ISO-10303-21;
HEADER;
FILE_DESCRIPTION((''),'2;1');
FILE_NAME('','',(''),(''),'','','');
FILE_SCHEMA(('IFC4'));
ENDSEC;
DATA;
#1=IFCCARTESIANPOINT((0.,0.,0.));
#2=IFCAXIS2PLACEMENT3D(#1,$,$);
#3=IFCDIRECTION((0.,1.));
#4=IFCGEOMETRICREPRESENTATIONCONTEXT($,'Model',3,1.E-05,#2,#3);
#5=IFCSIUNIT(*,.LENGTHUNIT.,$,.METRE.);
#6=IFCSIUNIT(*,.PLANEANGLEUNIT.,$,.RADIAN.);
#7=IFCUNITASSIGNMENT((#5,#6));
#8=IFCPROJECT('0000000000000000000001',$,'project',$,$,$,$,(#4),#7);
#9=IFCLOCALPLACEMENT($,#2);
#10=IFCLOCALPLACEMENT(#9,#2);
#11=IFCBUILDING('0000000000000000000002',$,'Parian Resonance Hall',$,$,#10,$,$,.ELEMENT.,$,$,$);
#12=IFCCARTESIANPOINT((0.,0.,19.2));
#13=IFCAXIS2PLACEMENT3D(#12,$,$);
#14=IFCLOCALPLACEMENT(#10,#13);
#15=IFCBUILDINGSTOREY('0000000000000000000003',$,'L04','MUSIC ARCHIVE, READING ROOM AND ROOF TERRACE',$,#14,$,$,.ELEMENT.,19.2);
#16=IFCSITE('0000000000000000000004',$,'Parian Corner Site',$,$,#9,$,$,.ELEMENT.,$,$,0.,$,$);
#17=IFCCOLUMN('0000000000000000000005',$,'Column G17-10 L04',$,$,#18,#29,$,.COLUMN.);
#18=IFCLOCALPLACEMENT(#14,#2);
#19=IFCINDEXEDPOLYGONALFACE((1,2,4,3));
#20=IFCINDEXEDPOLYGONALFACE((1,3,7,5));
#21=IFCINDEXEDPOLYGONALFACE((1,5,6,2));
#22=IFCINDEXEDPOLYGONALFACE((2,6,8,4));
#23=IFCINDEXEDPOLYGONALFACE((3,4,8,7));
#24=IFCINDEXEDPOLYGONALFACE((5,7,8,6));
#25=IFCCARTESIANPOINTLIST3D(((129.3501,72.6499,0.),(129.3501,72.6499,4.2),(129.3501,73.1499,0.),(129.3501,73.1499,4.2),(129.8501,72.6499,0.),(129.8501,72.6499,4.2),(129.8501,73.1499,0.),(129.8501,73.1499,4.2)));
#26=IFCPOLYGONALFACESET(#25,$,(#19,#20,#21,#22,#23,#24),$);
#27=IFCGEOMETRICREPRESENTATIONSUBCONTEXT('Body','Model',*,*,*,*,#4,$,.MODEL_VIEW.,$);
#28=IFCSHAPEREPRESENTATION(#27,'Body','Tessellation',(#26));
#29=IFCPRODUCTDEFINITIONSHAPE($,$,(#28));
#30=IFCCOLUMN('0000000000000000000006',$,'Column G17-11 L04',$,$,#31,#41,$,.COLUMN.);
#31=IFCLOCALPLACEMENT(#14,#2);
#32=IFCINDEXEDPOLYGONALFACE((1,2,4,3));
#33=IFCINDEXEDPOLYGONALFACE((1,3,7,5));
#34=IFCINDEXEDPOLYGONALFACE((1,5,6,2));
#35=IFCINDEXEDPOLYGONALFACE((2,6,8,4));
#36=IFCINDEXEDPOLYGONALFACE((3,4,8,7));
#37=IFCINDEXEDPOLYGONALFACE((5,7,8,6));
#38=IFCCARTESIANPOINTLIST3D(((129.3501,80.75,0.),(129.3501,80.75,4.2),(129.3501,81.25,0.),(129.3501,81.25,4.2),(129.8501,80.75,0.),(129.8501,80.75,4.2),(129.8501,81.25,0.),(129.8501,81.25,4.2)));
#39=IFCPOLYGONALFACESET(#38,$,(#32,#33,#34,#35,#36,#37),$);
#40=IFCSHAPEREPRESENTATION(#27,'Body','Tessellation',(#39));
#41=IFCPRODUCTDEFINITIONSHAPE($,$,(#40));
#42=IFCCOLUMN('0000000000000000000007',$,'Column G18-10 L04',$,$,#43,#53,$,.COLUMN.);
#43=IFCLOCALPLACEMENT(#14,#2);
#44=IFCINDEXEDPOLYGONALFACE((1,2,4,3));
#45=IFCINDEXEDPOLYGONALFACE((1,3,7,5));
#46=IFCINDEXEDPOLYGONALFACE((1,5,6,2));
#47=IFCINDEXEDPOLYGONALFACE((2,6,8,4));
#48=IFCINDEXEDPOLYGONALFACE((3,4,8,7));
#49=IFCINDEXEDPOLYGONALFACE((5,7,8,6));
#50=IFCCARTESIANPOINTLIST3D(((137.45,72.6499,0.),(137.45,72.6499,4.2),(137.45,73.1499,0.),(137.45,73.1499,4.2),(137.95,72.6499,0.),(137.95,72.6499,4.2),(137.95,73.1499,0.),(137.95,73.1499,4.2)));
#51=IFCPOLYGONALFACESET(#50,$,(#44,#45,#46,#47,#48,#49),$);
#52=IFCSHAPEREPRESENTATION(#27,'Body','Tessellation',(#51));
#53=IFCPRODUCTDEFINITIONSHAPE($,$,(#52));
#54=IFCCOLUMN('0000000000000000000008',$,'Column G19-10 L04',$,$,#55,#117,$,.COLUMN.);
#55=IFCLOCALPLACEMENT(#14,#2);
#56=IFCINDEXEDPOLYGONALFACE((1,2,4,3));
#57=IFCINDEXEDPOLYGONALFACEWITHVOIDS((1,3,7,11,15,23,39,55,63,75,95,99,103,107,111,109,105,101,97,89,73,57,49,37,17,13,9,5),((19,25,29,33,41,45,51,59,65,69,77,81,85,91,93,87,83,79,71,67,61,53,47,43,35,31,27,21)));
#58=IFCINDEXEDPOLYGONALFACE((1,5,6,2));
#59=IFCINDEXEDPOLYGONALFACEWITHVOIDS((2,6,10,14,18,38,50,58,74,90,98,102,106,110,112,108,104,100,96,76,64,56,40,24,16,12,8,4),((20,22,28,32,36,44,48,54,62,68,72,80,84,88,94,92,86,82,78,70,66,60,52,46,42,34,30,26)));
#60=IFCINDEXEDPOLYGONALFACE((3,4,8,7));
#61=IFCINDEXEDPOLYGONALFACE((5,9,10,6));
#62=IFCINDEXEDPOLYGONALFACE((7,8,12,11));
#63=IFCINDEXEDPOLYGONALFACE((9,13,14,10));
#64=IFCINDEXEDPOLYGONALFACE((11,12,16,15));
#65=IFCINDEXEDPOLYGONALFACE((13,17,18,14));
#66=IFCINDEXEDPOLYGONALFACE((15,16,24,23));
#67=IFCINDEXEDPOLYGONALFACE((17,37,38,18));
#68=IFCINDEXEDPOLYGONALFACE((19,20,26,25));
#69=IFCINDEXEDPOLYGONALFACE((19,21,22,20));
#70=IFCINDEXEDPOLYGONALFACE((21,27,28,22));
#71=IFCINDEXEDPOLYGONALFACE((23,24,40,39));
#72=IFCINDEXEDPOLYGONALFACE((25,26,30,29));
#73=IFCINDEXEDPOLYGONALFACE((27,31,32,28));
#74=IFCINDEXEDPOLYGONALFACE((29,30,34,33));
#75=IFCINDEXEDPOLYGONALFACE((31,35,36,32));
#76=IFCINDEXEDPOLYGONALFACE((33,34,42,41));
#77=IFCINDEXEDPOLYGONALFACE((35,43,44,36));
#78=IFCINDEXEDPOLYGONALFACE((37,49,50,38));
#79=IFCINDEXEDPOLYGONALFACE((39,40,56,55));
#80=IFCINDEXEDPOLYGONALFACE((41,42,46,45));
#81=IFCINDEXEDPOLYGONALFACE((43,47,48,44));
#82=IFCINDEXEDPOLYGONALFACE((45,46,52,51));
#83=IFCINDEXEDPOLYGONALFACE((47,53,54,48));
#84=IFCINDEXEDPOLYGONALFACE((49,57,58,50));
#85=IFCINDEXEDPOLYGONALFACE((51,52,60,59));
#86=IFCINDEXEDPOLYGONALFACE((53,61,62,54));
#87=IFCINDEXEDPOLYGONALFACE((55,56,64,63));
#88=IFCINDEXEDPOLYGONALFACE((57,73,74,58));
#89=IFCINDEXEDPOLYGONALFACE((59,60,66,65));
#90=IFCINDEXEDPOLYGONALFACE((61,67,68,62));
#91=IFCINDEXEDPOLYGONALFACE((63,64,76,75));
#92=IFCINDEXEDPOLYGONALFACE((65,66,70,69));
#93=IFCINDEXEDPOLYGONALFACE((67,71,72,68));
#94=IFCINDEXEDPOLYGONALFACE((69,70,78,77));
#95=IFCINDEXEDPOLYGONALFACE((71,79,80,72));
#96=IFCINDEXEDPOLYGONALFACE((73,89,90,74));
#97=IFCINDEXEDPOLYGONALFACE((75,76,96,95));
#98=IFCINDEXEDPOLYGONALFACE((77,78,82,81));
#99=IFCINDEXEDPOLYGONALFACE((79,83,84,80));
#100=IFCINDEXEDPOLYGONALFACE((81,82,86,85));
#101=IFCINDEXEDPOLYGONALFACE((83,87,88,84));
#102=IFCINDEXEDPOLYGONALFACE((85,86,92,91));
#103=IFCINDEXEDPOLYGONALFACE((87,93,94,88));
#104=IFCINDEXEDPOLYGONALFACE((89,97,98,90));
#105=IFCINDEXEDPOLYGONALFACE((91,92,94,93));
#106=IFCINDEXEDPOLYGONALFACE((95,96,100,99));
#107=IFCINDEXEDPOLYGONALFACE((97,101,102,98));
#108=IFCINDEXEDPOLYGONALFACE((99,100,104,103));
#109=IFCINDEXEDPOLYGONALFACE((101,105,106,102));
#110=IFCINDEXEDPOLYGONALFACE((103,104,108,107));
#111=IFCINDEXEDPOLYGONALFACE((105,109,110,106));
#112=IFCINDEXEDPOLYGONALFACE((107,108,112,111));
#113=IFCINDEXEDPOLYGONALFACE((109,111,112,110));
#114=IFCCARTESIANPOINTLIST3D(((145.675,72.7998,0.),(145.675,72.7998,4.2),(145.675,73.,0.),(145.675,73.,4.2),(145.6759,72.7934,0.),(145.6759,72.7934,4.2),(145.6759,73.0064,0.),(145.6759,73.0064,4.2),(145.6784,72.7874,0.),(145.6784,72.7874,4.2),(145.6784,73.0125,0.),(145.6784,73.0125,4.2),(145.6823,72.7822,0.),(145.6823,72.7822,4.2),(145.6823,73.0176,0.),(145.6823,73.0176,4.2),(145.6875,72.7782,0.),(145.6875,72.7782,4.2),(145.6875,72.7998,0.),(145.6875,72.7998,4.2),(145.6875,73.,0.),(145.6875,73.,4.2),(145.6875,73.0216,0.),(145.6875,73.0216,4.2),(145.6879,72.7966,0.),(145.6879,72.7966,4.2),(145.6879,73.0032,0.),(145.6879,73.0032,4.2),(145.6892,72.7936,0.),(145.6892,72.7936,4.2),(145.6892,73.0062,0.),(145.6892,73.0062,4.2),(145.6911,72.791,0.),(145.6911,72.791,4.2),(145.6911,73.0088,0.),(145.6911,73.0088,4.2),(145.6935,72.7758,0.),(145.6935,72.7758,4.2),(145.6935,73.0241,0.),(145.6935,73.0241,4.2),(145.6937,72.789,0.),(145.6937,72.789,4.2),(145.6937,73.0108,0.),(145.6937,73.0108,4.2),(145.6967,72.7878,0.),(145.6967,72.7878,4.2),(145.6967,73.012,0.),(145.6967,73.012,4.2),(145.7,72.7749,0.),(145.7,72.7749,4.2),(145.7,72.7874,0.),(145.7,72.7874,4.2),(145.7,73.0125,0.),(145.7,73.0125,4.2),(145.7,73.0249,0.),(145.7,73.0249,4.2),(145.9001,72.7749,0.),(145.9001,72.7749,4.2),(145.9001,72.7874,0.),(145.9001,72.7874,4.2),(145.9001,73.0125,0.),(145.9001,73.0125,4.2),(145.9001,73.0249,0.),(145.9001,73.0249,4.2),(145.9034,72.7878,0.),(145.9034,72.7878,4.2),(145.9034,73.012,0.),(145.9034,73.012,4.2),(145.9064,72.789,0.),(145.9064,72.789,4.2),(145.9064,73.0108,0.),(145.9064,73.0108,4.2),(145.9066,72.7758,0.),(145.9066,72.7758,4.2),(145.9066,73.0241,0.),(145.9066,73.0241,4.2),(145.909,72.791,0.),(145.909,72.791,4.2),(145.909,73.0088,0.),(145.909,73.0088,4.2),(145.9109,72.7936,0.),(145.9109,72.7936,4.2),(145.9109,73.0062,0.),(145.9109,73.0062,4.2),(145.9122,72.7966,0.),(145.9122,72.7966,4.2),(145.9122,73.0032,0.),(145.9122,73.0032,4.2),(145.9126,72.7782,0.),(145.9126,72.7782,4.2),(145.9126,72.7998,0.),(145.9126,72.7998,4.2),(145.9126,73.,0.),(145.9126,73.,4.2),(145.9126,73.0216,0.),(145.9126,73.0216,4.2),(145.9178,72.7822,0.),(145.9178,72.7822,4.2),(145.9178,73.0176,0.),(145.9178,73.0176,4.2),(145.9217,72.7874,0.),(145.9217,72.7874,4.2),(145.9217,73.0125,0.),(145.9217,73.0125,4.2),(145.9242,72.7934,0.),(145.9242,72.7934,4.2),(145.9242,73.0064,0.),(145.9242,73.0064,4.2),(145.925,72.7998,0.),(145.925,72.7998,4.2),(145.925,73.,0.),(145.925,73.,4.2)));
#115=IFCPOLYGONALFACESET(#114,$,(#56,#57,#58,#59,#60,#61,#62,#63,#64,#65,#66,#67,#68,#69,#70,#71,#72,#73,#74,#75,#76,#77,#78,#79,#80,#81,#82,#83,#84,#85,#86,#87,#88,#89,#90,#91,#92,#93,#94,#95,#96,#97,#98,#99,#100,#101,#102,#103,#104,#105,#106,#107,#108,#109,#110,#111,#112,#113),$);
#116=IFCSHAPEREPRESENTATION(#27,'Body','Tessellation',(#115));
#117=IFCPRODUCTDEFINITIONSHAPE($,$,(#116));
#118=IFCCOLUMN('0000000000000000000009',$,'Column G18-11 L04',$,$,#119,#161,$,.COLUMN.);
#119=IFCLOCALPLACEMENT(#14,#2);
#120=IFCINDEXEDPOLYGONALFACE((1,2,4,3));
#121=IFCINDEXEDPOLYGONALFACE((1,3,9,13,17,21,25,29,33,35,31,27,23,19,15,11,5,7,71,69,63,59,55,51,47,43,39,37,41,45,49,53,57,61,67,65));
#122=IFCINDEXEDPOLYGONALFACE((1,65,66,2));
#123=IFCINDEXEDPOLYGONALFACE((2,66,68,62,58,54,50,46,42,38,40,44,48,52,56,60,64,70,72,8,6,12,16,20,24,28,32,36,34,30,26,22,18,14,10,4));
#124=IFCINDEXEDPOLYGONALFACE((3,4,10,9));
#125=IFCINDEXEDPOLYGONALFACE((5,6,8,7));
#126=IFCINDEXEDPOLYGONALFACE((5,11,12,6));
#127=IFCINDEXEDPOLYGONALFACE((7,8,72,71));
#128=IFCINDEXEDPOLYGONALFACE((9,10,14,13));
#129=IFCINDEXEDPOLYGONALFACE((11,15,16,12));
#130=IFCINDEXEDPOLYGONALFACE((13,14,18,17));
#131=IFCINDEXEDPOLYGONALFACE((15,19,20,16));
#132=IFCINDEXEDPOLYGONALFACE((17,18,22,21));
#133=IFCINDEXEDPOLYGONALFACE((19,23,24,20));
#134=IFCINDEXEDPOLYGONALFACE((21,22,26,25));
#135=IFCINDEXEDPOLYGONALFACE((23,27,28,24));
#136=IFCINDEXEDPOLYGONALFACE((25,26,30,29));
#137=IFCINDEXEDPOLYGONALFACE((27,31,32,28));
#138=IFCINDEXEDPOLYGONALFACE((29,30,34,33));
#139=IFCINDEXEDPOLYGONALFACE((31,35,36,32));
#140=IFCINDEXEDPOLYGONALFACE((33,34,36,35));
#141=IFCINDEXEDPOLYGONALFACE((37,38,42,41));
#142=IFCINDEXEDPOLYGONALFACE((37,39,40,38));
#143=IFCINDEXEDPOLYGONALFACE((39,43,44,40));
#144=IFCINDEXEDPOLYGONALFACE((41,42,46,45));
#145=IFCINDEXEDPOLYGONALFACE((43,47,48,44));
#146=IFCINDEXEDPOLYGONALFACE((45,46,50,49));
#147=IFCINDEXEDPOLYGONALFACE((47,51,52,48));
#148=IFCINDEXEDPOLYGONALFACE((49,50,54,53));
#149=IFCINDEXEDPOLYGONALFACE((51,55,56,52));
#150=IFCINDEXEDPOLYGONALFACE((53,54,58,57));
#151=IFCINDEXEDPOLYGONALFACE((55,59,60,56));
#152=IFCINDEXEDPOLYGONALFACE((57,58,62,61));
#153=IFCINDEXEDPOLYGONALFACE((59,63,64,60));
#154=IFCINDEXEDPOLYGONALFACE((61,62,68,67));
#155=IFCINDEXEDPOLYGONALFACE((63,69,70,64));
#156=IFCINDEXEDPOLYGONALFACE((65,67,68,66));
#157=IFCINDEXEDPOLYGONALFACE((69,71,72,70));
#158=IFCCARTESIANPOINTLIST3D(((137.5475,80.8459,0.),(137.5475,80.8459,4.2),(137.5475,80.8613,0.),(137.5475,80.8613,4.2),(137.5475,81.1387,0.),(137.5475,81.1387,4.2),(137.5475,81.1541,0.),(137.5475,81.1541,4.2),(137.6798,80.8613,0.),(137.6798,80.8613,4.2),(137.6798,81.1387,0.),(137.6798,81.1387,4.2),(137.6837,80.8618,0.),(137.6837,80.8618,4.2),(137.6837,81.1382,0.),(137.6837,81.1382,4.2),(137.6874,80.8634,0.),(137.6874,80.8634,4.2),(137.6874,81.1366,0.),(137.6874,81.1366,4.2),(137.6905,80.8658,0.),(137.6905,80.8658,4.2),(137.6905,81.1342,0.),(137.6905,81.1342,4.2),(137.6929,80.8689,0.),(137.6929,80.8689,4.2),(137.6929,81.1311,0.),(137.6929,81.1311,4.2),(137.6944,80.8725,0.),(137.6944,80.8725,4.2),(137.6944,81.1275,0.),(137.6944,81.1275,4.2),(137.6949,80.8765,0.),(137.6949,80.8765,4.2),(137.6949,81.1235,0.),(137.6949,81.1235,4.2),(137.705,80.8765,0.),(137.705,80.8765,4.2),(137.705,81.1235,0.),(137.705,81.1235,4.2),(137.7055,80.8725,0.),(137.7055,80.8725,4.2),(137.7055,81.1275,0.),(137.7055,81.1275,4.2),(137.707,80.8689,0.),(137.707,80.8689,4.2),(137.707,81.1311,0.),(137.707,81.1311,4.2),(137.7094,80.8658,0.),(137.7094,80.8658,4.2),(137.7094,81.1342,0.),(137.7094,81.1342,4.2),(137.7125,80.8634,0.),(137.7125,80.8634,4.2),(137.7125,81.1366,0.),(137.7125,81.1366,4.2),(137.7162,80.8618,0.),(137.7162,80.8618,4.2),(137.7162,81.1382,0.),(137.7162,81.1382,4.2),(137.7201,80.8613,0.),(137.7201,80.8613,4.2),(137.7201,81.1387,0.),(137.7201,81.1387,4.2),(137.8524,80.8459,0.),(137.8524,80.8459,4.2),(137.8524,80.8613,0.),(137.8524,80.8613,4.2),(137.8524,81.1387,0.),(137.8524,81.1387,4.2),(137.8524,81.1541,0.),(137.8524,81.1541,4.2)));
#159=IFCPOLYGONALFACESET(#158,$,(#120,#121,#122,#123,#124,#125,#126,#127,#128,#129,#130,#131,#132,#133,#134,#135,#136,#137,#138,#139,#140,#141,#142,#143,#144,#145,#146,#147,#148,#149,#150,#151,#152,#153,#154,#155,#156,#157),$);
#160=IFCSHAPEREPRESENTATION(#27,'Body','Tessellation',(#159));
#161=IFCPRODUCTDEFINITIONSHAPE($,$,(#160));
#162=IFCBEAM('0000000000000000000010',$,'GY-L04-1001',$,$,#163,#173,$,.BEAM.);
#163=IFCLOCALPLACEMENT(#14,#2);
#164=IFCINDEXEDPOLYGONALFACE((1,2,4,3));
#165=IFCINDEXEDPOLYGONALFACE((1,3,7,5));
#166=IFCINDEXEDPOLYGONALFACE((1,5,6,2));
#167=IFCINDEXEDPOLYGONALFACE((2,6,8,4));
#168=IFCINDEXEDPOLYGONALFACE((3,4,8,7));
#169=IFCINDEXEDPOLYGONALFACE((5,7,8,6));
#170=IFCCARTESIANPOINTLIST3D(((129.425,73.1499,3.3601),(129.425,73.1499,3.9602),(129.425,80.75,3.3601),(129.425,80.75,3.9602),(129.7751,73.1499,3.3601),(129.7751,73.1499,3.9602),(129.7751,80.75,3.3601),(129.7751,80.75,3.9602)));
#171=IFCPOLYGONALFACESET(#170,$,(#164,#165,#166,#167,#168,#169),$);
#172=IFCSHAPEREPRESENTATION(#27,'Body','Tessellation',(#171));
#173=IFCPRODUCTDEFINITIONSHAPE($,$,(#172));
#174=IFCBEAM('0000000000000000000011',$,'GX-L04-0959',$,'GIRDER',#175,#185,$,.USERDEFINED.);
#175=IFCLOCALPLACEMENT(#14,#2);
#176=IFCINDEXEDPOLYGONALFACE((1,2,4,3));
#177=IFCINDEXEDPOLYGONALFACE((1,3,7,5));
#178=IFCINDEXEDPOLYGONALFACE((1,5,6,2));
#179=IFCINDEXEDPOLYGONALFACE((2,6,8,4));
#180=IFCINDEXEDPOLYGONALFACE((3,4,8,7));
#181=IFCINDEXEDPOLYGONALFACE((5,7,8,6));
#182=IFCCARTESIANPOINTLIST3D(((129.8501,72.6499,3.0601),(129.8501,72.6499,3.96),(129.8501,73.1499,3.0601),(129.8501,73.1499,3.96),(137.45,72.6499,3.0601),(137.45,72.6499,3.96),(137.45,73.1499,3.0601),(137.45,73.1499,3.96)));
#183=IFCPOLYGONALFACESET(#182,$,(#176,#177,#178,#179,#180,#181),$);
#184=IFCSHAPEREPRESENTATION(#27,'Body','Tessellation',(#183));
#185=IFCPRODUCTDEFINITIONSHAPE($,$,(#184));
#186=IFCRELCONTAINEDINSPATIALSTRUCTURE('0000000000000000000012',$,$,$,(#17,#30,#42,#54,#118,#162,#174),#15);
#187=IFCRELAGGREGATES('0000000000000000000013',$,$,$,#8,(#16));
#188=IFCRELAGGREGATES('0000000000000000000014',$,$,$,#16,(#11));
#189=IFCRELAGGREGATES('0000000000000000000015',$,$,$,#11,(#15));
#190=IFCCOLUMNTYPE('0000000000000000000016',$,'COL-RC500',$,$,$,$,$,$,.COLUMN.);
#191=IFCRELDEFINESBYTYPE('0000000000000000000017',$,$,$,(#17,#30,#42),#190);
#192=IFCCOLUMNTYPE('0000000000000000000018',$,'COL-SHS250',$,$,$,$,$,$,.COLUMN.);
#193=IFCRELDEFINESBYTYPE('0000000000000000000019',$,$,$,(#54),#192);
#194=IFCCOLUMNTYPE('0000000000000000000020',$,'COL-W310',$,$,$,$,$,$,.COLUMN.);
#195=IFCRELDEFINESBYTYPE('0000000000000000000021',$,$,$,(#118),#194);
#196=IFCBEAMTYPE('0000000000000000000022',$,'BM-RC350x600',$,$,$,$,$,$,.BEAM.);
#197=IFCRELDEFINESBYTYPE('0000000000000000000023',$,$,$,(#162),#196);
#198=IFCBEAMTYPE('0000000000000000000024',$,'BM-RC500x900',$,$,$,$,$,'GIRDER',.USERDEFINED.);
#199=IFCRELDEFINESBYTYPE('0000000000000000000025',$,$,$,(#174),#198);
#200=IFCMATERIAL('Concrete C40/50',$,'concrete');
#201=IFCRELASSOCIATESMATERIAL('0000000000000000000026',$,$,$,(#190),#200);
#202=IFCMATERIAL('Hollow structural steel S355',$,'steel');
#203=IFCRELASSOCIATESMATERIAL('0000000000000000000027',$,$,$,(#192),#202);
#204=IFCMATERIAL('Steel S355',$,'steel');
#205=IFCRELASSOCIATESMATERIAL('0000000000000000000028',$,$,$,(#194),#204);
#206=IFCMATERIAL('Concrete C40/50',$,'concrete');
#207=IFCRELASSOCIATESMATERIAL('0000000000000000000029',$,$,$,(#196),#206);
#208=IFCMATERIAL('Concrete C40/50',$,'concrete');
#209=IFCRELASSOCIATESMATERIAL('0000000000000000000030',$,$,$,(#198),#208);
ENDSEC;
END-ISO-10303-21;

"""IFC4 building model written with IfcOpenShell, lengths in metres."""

from ifc_helpers import new_model, si_unit, direction, frame, origin, origin_2d, place, context, subcontext, project, spatial, rectangle, hollow_rectangle, i_section, extrude, material, material_profile, profile_set, type_object, element, save


model = new_model("IFC4")

# Units and contexts
model_context = context("Model", 3, precision=1e-05, world=origin(), true_north=direction((0.0, 1.0)))
body_context = subcontext(model_context, "Body", "Model", "MODEL_VIEW")
ifc_project = project(units=[si_unit("LENGTHUNIT", "METRE"), si_unit("PLANEANGLEUNIT", "RADIAN")], contexts=[model_context])

# Site, building, storey
site_placement = place(None, origin())
site = spatial("IfcSite", under=ifc_project, at=site_placement, Name="Parian Corner Site", CompositionType="ELEMENT", RefElevation=0.0)
building_placement = place(site_placement, origin())
building = spatial("IfcBuilding", under=site, at=building_placement, Name="Parian Resonance Hall", CompositionType="ELEMENT")
storey_placement = place(building_placement, frame((0.0, 0.0, 19.2)))
storey = spatial("IfcBuildingStorey", under=building, at=storey_placement, Name="L04", Description="MUSIC ARCHIVE, READING ROOM AND ROOF TERRACE", CompositionType="ELEMENT", Elevation=19.2)

# Columns
ifc_material_1 = material(Name="Concrete C40/50", Category="concrete")
ifc_material_profile_1 = material_profile(ifc_material_1, rectangle(XDim=0.5, YDim=0.5, at=origin_2d()), Name="RC-COL-500x500")
ifc_profile_set_1 = profile_set([ifc_material_profile_1], Name="Concrete C40/50")
column_type_1 = type_object("IfcColumnType", Name="COL-RC500", PredefinedType="COLUMN", material=ifc_profile_set_1)
for number, where, z_axis, x_axis, name in (
    (1, (129.6001, 72.8999, 0.0), (0.0, 0.0, 1.0), (1.0, 0.0, 0.0), "Column G17-10 L04"),
    (2, (129.6001, 81.0, 0.0), (0.0, 0.0, 1.0), (1.0, 0.0, 0.0), "Column G17-11 L04"),
    (3, (137.7, 72.8999, 0.0), (0.0, 0.0, 1.0), (1.0, 0.0, 0.0), "Column G18-10 L04"),
):
    element("IfcColumn", number, at=place(storey_placement, frame(where, z_axis=z_axis, x_axis=x_axis)), inside=storey, type_object=column_type_1, Name=name, PredefinedType="COLUMN", context=body_context, shape_type="SweptSolid", body=[
        extrude(rectangle(XDim=0.5, YDim=0.5, at=origin_2d()), origin(), (0.0, 0.0, 1.0), 4.2),
    ])
ifc_material_2 = material(Name="Hollow structural steel S355", Category="steel")
ifc_material_profile_2 = material_profile(ifc_material_2, hollow_rectangle(XDim=0.25, YDim=0.25, WallThickness=0.0125, InnerFilletRadius=0.0125, OuterFilletRadius=0.0249, at=origin_2d()), Name="SHS250x250x12.5")
ifc_profile_set_2 = profile_set([ifc_material_profile_2], Name="Hollow structural steel S355")
column_type_2 = type_object("IfcColumnType", Name="COL-SHS250", PredefinedType="COLUMN", material=ifc_profile_set_2)
column_1_placement = place(storey_placement, frame((145.8, 72.8999, 0.0), z_axis=(0.0, 0.0, 1.0), x_axis=(1.0, 0.0, 0.0)))
element("IfcColumn", 4, at=column_1_placement, inside=storey, type_object=column_type_2, Name="Column G19-10 L04", PredefinedType="COLUMN", context=body_context, shape_type="SweptSolid", body=[
    extrude(hollow_rectangle(XDim=0.25, YDim=0.25, WallThickness=0.0125, InnerFilletRadius=0.0125, OuterFilletRadius=0.0249, at=origin_2d()), origin(), (0.0, 0.0, 1.0), 4.2),
])
ifc_material_3 = material(Name="Steel S355", Category="steel")
ifc_material_profile_3 = material_profile(ifc_material_3, i_section(OverallWidth=0.3049, OverallDepth=0.3081, WebThickness=0.01, FlangeThickness=0.0154, FilletRadius=0.0151, at=origin_2d()), Name="W310x97")
ifc_profile_set_3 = profile_set([ifc_material_profile_3], Name="Steel S355")
column_type_3 = type_object("IfcColumnType", Name="COL-W310", PredefinedType="COLUMN", material=ifc_profile_set_3)
column_2_placement = place(storey_placement, frame((137.7, 81.0, 0.0), z_axis=(0.0, 0.0, 1.0), x_axis=(1.0, 0.0, 0.0)))
element("IfcColumn", 5, at=column_2_placement, inside=storey, type_object=column_type_3, Name="Column G18-11 L04", PredefinedType="COLUMN", context=body_context, shape_type="SweptSolid", body=[
    extrude(i_section(OverallWidth=0.3049, OverallDepth=0.3081, WebThickness=0.01, FlangeThickness=0.0154, FilletRadius=0.0151, at=origin_2d()), origin(), (0.0, 0.0, 1.0), 4.2),
])

# Beams
ifc_material_4 = material(Name="Concrete C40/50", Category="concrete")
ifc_material_profile_4 = material_profile(ifc_material_4, rectangle(XDim=0.3501, YDim=0.6001, at=origin_2d()), Name="RC-BM-350x600")
ifc_profile_set_4 = profile_set([ifc_material_profile_4], Name="Concrete C40/50")
beam_type_1 = type_object("IfcBeamType", Name="BM-RC350x600", PredefinedType="BEAM", material=ifc_profile_set_4)
beam_1_placement = place(storey_placement, frame((129.6001, 73.1499, 3.6602), z_axis=(0.0, 1.0, 0.0), x_axis=(-1.0, 0.0, 0.0)))
element("IfcBeam", 6, at=beam_1_placement, inside=storey, type_object=beam_type_1, Name="GY-L04-1001", PredefinedType="BEAM", context=body_context, shape_type="SweptSolid", body=[
    extrude(rectangle(XDim=0.3501, YDim=0.6001, at=origin_2d()), origin(), (0.0, 0.0, 1.0), 7.6001),
])
ifc_material_5 = material(Name="Concrete C40/50", Category="concrete")
ifc_material_profile_5 = material_profile(ifc_material_5, rectangle(XDim=0.5, YDim=0.8999, at=origin_2d()), Name="RC-BM-500x900")
ifc_profile_set_5 = profile_set([ifc_material_profile_5], Name="Concrete C40/50")
beam_type_2 = type_object("IfcBeamType", Name="BM-RC500x900", ElementType="GIRDER", PredefinedType="USERDEFINED", material=ifc_profile_set_5)
beam_2_placement = place(storey_placement, frame((129.8501, 72.8999, 3.51), z_axis=(1.0, 0.0, 0.0), x_axis=(0.0, 1.0, 0.0)))
element("IfcBeam", 7, at=beam_2_placement, inside=storey, type_object=beam_type_2, Name="GX-L04-0959", ObjectType="GIRDER", PredefinedType="USERDEFINED", context=body_context, shape_type="SweptSolid", body=[
    extrude(rectangle(XDim=0.5, YDim=0.8999, at=origin_2d()), origin(), (0.0, 0.0, 1.0), 7.5999),
])

save(model, "model.ifc")
